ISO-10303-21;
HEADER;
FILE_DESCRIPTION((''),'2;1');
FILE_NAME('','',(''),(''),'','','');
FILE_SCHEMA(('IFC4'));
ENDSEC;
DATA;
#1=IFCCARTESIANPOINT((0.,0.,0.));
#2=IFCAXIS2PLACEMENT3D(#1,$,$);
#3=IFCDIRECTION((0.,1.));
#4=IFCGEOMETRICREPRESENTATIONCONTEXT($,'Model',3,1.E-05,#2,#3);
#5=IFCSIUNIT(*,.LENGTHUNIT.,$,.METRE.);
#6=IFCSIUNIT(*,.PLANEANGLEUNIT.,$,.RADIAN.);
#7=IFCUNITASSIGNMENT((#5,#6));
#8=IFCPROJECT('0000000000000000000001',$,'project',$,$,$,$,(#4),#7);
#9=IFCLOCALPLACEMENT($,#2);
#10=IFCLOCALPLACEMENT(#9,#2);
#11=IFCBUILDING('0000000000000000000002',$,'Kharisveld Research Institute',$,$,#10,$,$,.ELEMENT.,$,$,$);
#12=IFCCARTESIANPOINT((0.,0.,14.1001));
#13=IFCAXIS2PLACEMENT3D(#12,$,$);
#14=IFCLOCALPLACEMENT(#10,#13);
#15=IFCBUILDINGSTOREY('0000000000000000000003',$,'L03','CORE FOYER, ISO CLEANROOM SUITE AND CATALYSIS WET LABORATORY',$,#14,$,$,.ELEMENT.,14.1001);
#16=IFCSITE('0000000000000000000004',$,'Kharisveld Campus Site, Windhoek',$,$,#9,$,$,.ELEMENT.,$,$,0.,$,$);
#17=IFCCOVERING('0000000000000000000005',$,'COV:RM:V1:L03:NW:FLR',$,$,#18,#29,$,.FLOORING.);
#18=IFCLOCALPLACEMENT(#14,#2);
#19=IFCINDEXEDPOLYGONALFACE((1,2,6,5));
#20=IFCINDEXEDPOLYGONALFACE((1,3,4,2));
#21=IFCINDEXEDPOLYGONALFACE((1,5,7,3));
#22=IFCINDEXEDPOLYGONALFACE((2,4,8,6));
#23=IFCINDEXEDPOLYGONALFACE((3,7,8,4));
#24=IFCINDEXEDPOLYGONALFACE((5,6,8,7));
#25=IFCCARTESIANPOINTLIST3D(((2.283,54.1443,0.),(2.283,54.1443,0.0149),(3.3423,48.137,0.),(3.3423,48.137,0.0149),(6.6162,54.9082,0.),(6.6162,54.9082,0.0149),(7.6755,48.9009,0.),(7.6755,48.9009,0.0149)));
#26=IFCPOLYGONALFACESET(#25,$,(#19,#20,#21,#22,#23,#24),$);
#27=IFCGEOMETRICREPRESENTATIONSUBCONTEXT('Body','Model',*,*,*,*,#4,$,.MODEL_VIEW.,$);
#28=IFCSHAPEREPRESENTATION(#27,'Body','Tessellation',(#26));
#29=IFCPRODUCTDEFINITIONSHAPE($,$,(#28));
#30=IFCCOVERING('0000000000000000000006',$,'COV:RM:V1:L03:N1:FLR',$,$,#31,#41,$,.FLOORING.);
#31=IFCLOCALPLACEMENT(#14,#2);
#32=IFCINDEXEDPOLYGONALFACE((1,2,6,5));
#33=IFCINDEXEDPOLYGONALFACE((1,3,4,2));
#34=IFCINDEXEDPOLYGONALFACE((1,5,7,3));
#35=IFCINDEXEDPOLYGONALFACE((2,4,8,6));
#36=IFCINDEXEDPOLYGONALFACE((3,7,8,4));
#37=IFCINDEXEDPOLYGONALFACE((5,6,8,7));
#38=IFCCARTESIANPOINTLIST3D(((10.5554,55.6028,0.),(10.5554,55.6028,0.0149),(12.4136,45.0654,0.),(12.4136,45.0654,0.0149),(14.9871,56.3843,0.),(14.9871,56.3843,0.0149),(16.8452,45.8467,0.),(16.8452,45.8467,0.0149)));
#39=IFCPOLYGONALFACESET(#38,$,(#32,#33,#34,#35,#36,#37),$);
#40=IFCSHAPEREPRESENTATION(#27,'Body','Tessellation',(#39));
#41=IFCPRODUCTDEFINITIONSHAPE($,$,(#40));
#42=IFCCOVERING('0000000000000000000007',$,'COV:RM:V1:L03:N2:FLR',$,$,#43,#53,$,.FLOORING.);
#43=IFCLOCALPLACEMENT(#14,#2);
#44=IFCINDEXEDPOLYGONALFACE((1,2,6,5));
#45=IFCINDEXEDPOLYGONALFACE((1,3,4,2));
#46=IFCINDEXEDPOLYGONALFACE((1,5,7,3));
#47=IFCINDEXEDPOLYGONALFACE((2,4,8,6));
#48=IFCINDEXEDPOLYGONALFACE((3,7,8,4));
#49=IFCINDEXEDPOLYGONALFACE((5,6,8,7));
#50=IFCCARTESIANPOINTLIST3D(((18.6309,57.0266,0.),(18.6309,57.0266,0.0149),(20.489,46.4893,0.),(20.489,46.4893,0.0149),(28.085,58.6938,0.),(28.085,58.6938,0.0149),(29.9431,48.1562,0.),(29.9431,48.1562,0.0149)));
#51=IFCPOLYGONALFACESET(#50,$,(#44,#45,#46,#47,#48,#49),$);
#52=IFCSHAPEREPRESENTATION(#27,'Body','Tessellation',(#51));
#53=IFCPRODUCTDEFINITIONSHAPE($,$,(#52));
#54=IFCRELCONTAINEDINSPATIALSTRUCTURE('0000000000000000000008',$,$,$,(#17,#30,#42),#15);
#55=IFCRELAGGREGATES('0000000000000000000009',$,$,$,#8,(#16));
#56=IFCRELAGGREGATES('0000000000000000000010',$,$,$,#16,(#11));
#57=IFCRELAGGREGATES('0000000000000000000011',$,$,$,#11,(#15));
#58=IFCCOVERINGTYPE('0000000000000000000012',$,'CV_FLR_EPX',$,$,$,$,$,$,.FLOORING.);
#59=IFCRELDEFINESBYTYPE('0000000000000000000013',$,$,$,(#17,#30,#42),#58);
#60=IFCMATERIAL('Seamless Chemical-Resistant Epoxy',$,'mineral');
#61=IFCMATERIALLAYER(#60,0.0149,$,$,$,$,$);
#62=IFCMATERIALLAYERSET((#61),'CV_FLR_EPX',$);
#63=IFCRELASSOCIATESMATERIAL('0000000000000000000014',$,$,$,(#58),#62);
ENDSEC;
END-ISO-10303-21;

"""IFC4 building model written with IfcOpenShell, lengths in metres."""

from ifc_helpers import new_model, si_unit, direction, frame, origin, place, context, subcontext, project, spatial, polyline, outline, extrude, material, layer, layer_set, type_object, element, save


model = new_model("IFC4")

# Units and contexts
model_context = context("Model", 3, precision=1e-05, world=origin(), true_north=direction((0.0, 1.0)))
body_context = subcontext(model_context, "Body", "Model", "MODEL_VIEW")
ifc_project = project(units=[si_unit("LENGTHUNIT", "METRE"), si_unit("PLANEANGLEUNIT", "RADIAN")], contexts=[model_context])

# Site, building, storey
site_placement = place(None, origin())
site = spatial("IfcSite", under=ifc_project, at=site_placement, Name="Kharisveld Campus Site, Windhoek", CompositionType="ELEMENT", RefElevation=0.0)
building_placement = place(site_placement, origin())
building = spatial("IfcBuilding", under=site, at=building_placement, Name="Kharisveld Research Institute", CompositionType="ELEMENT")
storey_placement = place(building_placement, frame((0.0, 0.0, 14.1001)))
storey = spatial("IfcBuildingStorey", under=building, at=storey_placement, Name="L03", Description="CORE FOYER, ISO CLEANROOM SUITE AND CATALYSIS WET LABORATORY", CompositionType="ELEMENT", Elevation=14.1001)

# Coverings
ifc_material_1 = material(Name="Seamless Chemical-Resistant Epoxy", Category="mineral")
ifc_layer_1 = layer(ifc_material_1, 0.0149)
ifc_layer_set_1 = layer_set([ifc_layer_1], Name="CV_FLR_EPX")
covering_type_1 = type_object("IfcCoveringType", Name="CV_FLR_EPX", PredefinedType="FLOORING", material=ifc_layer_set_1)
covering_1_placement = place(storey_placement, origin())
element("IfcCovering", 1, at=covering_1_placement, inside=storey, type_object=covering_type_1, Name="COV:RM:V1:L03:NW:FLR", PredefinedType="FLOORING", context=body_context, shape_type="SweptSolid", body=[
    extrude(outline(polyline([(3.3423, 48.137), (7.6755, 48.9009), (6.6162, 54.9082), (2.283, 54.1443), (3.3423, 48.137)])), origin(), (0.0, 0.0, 1.0), 0.0149),
])
covering_2_placement = place(storey_placement, origin())
element("IfcCovering", 2, at=covering_2_placement, inside=storey, type_object=covering_type_1, Name="COV:RM:V1:L03:N1:FLR", PredefinedType="FLOORING", context=body_context, shape_type="SweptSolid", body=[
    extrude(outline(polyline([(12.4136, 45.0654), (16.8452, 45.8467), (14.9871, 56.3843), (10.5554, 55.6028), (12.4136, 45.0654)])), origin(), (0.0, 0.0, 1.0), 0.0149),
])
covering_3_placement = place(storey_placement, origin())
element("IfcCovering", 3, at=covering_3_placement, inside=storey, type_object=covering_type_1, Name="COV:RM:V1:L03:N2:FLR", PredefinedType="FLOORING", context=body_context, shape_type="SweptSolid", body=[
    extrude(outline(polyline([(20.489, 46.4893), (29.9431, 48.1562), (28.085, 58.6938), (18.6309, 57.0266), (20.489, 46.4893)])), origin(), (0.0, 0.0, 1.0), 0.0149),
])

save(model, "model.ifc")
